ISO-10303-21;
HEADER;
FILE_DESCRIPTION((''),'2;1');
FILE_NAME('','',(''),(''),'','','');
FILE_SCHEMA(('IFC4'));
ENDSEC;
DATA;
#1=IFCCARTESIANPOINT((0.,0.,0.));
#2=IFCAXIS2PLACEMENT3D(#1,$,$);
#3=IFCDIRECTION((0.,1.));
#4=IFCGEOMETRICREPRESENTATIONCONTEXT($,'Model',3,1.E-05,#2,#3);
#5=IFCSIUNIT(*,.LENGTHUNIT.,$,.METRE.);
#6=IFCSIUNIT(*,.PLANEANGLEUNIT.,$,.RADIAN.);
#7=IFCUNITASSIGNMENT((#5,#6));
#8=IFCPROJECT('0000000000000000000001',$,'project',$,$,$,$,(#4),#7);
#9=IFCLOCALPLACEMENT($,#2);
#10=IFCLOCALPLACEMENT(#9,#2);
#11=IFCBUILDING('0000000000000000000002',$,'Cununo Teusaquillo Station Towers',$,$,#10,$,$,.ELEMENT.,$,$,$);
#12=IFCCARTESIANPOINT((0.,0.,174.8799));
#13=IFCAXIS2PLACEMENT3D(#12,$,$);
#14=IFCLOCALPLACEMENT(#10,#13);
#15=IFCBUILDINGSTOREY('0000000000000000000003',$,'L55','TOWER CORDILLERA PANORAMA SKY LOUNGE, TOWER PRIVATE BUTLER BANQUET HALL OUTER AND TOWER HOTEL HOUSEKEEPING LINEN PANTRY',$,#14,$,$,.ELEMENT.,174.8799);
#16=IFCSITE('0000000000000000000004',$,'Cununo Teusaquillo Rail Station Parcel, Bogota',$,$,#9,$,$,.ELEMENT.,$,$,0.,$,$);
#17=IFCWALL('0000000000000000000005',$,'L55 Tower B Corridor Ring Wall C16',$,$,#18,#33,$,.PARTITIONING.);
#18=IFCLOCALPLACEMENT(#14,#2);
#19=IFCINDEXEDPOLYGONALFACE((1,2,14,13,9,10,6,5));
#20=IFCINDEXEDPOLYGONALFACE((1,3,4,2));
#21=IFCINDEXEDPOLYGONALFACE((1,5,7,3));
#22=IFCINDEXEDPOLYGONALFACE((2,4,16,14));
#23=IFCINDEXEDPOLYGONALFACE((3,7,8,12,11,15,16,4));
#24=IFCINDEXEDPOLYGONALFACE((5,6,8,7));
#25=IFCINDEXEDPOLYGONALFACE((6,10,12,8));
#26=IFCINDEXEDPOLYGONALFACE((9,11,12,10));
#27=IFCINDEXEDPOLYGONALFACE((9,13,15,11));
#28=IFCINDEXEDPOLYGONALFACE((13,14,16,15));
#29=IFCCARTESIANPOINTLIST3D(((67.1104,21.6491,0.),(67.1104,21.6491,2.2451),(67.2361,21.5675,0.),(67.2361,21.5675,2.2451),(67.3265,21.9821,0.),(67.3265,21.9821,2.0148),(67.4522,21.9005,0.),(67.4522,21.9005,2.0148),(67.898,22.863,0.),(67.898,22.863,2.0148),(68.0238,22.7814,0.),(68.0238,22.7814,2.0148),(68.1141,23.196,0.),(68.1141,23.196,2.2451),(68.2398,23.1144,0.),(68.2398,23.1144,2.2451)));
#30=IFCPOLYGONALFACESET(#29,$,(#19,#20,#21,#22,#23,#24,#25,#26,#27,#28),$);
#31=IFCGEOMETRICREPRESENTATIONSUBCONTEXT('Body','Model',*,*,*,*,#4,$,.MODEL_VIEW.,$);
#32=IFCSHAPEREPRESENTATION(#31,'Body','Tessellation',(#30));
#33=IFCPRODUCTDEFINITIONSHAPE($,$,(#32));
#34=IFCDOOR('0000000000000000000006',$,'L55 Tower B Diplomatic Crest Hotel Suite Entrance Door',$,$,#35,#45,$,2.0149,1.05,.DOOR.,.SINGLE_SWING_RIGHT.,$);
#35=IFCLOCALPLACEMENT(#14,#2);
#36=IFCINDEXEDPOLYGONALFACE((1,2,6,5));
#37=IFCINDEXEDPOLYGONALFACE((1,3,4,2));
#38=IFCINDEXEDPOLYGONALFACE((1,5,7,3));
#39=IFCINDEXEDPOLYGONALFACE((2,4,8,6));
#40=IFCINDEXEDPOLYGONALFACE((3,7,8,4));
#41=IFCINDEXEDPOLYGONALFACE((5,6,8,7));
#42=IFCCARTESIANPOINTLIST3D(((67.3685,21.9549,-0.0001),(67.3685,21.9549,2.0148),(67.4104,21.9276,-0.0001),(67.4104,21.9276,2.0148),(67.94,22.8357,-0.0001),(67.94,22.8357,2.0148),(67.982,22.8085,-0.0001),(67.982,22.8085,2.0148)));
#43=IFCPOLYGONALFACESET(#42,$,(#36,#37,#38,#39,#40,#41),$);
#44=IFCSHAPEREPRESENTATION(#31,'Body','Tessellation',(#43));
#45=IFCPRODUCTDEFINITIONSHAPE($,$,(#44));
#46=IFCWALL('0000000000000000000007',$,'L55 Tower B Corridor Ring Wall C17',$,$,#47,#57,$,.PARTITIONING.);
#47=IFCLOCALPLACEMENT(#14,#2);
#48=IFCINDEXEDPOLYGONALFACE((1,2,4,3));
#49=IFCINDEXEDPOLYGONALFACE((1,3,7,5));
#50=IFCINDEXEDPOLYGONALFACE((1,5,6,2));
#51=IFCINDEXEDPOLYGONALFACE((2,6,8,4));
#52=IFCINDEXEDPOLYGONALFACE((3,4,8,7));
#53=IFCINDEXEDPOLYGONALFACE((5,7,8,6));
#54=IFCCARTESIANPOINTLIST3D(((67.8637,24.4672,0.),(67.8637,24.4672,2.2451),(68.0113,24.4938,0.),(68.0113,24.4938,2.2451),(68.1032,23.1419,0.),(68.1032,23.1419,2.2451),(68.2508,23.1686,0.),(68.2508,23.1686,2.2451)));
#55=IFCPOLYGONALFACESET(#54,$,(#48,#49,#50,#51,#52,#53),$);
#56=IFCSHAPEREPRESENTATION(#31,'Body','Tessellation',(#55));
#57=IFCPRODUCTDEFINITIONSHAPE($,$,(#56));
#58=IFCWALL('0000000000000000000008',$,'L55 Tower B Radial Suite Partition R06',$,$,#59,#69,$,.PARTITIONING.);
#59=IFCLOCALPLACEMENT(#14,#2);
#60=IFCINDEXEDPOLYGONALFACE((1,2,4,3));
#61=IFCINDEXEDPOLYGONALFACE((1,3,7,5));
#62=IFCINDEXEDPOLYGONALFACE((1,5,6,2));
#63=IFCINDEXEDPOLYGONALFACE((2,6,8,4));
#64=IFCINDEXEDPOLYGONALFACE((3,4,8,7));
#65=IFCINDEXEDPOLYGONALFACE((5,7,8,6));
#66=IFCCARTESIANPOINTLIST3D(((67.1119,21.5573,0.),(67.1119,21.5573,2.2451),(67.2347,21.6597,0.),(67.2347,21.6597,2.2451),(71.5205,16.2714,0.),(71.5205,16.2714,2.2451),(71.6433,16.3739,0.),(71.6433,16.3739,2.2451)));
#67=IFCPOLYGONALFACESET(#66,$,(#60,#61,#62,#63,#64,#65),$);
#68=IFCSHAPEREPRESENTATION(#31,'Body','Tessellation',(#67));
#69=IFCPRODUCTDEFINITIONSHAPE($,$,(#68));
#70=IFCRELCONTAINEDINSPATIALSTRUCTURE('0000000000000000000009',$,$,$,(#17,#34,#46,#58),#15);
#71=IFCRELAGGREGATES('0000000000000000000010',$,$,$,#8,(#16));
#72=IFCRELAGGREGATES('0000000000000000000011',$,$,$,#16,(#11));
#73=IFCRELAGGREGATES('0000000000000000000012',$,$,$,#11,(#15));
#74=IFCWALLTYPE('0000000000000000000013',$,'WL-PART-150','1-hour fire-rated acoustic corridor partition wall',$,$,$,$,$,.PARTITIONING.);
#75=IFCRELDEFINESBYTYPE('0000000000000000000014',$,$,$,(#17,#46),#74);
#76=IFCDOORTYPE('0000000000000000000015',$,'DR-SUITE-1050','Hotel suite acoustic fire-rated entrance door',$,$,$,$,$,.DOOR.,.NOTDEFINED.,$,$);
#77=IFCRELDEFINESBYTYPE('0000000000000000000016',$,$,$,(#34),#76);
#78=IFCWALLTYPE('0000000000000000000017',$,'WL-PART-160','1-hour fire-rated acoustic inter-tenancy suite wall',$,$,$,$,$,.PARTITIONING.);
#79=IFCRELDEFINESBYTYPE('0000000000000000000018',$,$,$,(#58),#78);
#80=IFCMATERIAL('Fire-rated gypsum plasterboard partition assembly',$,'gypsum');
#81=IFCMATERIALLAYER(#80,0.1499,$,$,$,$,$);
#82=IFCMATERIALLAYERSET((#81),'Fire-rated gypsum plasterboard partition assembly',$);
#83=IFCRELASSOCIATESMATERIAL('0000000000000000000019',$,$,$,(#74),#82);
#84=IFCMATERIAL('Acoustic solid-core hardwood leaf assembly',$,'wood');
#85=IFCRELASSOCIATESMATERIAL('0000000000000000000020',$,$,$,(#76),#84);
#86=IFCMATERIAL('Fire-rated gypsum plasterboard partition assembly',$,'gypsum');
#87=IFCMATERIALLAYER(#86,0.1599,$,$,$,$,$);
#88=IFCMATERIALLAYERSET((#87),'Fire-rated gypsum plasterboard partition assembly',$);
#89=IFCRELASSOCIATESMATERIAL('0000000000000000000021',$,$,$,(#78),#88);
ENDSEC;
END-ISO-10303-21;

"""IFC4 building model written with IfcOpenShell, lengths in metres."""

from ifc_helpers import new_model, si_unit, direction, frame, frame_2d, origin, place, context, subcontext, project, spatial, rectangle, extrude, source, transform, mapped, material, layer, layer_set, type_object, element, fill, save


model = new_model("IFC4")

# Units and contexts
model_context = context("Model", 3, precision=1e-05, world=origin(), true_north=direction((0.0, 1.0)))
body_context = subcontext(model_context, "Body", "Model", "MODEL_VIEW")
ifc_project = project(units=[si_unit("LENGTHUNIT", "METRE"), si_unit("PLANEANGLEUNIT", "RADIAN")], contexts=[model_context])

# Site, building, storey
site_placement = place(None, origin())
site = spatial("IfcSite", under=ifc_project, at=site_placement, Name="Cununo Teusaquillo Rail Station Parcel, Bogota", CompositionType="ELEMENT", RefElevation=0.0)
building_placement = place(site_placement, origin())
building = spatial("IfcBuilding", under=site, at=building_placement, Name="Cununo Teusaquillo Station Towers", CompositionType="ELEMENT")
storey_placement = place(building_placement, frame((0.0, 0.0, 174.8799)))
storey = spatial("IfcBuildingStorey", under=building, at=storey_placement, Name="L55", Description="TOWER CORDILLERA PANORAMA SKY LOUNGE, TOWER PRIVATE BUTLER BANQUET HALL OUTER AND TOWER HOTEL HOUSEKEEPING LINEN PANTRY", CompositionType="ELEMENT", Elevation=174.8799)

# Wall, opening, door
ifc_material_1 = material(Name="Fire-rated gypsum plasterboard partition assembly", Category="gypsum")
ifc_layer_1 = layer(ifc_material_1, 0.1499)
ifc_layer_set_1 = layer_set([ifc_layer_1], Name="Fire-rated gypsum plasterboard partition assembly")
wall_type_1 = type_object("IfcWallType", Name="WL-PART-150", Description="1-hour fire-rated acoustic corridor partition wall", PredefinedType="PARTITIONING", material=ifc_layer_set_1)
wall_1_placement = place(storey_placement, frame((67.1733, 21.6084, 0.0), z_axis=(0.0, 0.0, 1.0), x_axis=(0.544299, 0.838891, 0.0)))
wall_1 = element("IfcWall", 1, at=wall_1_placement, inside=storey, type_object=wall_type_1, Name="L55 Tower B Corridor Ring Wall C16", PredefinedType="PARTITIONING", context=body_context, shape_type="SweptSolid", body=[
    extrude(rectangle(XDim=1.844, YDim=0.1499, at=frame_2d((0.9219, 0.0))), origin(), (0.0, 0.0, 1.0), 2.2451),
])
shared_shape_1 = source(origin(), body_context, "Body", "SweptSolid", [
    extrude(rectangle(XDim=1.05, YDim=2.0149, at=frame_2d((0.5249, 1.0073))), frame((0.0, 0.085, 0.0), z_axis=(0.0, -1.0, 0.0), x_axis=(1.0, 0.0, 0.0)), (0.0, 0.0, 1.0), 0.1699),
])
opening_1_placement = place(wall_1_placement, frame((0.397, 0.0, 0.0)))
opening_1 = element("IfcOpeningElement", 2, at=opening_1_placement, cuts=wall_1, PredefinedType="OPENING", context=body_context, shape_type="MappedRepresentation", body=[
    mapped(shared_shape_1, transform((0.0, 0.0, 0.0), x_axis=(1.0, 0.0, 0.0), y_axis=(0.0, 1.0, 0.0), z_axis=(0.0, 0.0, 1.0), scale=1.0)),
])
ifc_material_2 = material(Name="Acoustic solid-core hardwood leaf assembly", Category="wood")
door_type_1 = type_object("IfcDoorType", Name="DR-SUITE-1050", Description="Hotel suite acoustic fire-rated entrance door", OperationType="NOTDEFINED", PredefinedType="DOOR", material=ifc_material_2)
shared_shape_2 = source(origin(), body_context, "Body", "SweptSolid", [
    extrude(rectangle(XDim=1.05, YDim=2.0149, at=frame_2d((0.5249, 1.0073))), frame((0.0, 0.0249, 0.0), z_axis=(0.0, -1.0, 0.0), x_axis=(1.0, 0.0, 0.0)), (0.0, 0.0, 1.0), 0.05),
])
door_1_placement = place(opening_1_placement, origin())
door_1 = element("IfcDoor", 3, at=door_1_placement, inside=storey, type_object=door_type_1, Name="L55 Tower B Diplomatic Crest Hotel Suite Entrance Door", OperationType="SINGLE_SWING_RIGHT", OverallHeight=2.0149, OverallWidth=1.05, PredefinedType="DOOR", context=body_context, shape_type="MappedRepresentation", body=[
    mapped(shared_shape_2, transform((0.0, 0.0, 0.0), x_axis=(1.0, 0.0, 0.0), y_axis=(0.0, 1.0, 0.0), z_axis=(0.0, 0.0, 1.0), scale=1.0)),
])
fill(opening_1, door_1)

# Walls
wall_2_placement = place(storey_placement, frame((68.177, 23.1553, 0.0), z_axis=(0.0, 0.0, 1.0), x_axis=(-0.177848, 0.984058, 0.0)))
element("IfcWall", 4, at=wall_2_placement, inside=storey, type_object=wall_type_1, Name="L55 Tower B Corridor Ring Wall C17", PredefinedType="PARTITIONING", context=body_context, shape_type="SweptSolid", body=[
    extrude(rectangle(XDim=1.3467, YDim=0.1499, at=frame_2d((0.6733, 0.0))), origin(), (0.0, 0.0, 1.0), 2.2451),
])
ifc_material_3 = material(Name="Fire-rated gypsum plasterboard partition assembly", Category="gypsum")
ifc_layer_2 = layer(ifc_material_3, 0.1599)
ifc_layer_set_2 = layer_set([ifc_layer_2], Name="Fire-rated gypsum plasterboard partition assembly")
wall_type_2 = type_object("IfcWallType", Name="WL-PART-160", Description="1-hour fire-rated acoustic inter-tenancy suite wall", PredefinedType="PARTITIONING", material=ifc_layer_set_2)
wall_3_placement = place(storey_placement, frame((67.1733, 21.6084, 0.0), z_axis=(0.0, 0.0, 1.0), x_axis=(0.640509, -0.767951, 0.0)))
element("IfcWall", 5, at=wall_3_placement, inside=storey, type_object=wall_type_2, Name="L55 Tower B Radial Suite Partition R06", PredefinedType="PARTITIONING", context=body_context, shape_type="SweptSolid", body=[
    extrude(rectangle(XDim=6.8831, YDim=0.1599, at=frame_2d((3.4414, 0.0))), origin(), (0.0, 0.0, 1.0), 2.2451),
])

save(model, "model.ifc")
